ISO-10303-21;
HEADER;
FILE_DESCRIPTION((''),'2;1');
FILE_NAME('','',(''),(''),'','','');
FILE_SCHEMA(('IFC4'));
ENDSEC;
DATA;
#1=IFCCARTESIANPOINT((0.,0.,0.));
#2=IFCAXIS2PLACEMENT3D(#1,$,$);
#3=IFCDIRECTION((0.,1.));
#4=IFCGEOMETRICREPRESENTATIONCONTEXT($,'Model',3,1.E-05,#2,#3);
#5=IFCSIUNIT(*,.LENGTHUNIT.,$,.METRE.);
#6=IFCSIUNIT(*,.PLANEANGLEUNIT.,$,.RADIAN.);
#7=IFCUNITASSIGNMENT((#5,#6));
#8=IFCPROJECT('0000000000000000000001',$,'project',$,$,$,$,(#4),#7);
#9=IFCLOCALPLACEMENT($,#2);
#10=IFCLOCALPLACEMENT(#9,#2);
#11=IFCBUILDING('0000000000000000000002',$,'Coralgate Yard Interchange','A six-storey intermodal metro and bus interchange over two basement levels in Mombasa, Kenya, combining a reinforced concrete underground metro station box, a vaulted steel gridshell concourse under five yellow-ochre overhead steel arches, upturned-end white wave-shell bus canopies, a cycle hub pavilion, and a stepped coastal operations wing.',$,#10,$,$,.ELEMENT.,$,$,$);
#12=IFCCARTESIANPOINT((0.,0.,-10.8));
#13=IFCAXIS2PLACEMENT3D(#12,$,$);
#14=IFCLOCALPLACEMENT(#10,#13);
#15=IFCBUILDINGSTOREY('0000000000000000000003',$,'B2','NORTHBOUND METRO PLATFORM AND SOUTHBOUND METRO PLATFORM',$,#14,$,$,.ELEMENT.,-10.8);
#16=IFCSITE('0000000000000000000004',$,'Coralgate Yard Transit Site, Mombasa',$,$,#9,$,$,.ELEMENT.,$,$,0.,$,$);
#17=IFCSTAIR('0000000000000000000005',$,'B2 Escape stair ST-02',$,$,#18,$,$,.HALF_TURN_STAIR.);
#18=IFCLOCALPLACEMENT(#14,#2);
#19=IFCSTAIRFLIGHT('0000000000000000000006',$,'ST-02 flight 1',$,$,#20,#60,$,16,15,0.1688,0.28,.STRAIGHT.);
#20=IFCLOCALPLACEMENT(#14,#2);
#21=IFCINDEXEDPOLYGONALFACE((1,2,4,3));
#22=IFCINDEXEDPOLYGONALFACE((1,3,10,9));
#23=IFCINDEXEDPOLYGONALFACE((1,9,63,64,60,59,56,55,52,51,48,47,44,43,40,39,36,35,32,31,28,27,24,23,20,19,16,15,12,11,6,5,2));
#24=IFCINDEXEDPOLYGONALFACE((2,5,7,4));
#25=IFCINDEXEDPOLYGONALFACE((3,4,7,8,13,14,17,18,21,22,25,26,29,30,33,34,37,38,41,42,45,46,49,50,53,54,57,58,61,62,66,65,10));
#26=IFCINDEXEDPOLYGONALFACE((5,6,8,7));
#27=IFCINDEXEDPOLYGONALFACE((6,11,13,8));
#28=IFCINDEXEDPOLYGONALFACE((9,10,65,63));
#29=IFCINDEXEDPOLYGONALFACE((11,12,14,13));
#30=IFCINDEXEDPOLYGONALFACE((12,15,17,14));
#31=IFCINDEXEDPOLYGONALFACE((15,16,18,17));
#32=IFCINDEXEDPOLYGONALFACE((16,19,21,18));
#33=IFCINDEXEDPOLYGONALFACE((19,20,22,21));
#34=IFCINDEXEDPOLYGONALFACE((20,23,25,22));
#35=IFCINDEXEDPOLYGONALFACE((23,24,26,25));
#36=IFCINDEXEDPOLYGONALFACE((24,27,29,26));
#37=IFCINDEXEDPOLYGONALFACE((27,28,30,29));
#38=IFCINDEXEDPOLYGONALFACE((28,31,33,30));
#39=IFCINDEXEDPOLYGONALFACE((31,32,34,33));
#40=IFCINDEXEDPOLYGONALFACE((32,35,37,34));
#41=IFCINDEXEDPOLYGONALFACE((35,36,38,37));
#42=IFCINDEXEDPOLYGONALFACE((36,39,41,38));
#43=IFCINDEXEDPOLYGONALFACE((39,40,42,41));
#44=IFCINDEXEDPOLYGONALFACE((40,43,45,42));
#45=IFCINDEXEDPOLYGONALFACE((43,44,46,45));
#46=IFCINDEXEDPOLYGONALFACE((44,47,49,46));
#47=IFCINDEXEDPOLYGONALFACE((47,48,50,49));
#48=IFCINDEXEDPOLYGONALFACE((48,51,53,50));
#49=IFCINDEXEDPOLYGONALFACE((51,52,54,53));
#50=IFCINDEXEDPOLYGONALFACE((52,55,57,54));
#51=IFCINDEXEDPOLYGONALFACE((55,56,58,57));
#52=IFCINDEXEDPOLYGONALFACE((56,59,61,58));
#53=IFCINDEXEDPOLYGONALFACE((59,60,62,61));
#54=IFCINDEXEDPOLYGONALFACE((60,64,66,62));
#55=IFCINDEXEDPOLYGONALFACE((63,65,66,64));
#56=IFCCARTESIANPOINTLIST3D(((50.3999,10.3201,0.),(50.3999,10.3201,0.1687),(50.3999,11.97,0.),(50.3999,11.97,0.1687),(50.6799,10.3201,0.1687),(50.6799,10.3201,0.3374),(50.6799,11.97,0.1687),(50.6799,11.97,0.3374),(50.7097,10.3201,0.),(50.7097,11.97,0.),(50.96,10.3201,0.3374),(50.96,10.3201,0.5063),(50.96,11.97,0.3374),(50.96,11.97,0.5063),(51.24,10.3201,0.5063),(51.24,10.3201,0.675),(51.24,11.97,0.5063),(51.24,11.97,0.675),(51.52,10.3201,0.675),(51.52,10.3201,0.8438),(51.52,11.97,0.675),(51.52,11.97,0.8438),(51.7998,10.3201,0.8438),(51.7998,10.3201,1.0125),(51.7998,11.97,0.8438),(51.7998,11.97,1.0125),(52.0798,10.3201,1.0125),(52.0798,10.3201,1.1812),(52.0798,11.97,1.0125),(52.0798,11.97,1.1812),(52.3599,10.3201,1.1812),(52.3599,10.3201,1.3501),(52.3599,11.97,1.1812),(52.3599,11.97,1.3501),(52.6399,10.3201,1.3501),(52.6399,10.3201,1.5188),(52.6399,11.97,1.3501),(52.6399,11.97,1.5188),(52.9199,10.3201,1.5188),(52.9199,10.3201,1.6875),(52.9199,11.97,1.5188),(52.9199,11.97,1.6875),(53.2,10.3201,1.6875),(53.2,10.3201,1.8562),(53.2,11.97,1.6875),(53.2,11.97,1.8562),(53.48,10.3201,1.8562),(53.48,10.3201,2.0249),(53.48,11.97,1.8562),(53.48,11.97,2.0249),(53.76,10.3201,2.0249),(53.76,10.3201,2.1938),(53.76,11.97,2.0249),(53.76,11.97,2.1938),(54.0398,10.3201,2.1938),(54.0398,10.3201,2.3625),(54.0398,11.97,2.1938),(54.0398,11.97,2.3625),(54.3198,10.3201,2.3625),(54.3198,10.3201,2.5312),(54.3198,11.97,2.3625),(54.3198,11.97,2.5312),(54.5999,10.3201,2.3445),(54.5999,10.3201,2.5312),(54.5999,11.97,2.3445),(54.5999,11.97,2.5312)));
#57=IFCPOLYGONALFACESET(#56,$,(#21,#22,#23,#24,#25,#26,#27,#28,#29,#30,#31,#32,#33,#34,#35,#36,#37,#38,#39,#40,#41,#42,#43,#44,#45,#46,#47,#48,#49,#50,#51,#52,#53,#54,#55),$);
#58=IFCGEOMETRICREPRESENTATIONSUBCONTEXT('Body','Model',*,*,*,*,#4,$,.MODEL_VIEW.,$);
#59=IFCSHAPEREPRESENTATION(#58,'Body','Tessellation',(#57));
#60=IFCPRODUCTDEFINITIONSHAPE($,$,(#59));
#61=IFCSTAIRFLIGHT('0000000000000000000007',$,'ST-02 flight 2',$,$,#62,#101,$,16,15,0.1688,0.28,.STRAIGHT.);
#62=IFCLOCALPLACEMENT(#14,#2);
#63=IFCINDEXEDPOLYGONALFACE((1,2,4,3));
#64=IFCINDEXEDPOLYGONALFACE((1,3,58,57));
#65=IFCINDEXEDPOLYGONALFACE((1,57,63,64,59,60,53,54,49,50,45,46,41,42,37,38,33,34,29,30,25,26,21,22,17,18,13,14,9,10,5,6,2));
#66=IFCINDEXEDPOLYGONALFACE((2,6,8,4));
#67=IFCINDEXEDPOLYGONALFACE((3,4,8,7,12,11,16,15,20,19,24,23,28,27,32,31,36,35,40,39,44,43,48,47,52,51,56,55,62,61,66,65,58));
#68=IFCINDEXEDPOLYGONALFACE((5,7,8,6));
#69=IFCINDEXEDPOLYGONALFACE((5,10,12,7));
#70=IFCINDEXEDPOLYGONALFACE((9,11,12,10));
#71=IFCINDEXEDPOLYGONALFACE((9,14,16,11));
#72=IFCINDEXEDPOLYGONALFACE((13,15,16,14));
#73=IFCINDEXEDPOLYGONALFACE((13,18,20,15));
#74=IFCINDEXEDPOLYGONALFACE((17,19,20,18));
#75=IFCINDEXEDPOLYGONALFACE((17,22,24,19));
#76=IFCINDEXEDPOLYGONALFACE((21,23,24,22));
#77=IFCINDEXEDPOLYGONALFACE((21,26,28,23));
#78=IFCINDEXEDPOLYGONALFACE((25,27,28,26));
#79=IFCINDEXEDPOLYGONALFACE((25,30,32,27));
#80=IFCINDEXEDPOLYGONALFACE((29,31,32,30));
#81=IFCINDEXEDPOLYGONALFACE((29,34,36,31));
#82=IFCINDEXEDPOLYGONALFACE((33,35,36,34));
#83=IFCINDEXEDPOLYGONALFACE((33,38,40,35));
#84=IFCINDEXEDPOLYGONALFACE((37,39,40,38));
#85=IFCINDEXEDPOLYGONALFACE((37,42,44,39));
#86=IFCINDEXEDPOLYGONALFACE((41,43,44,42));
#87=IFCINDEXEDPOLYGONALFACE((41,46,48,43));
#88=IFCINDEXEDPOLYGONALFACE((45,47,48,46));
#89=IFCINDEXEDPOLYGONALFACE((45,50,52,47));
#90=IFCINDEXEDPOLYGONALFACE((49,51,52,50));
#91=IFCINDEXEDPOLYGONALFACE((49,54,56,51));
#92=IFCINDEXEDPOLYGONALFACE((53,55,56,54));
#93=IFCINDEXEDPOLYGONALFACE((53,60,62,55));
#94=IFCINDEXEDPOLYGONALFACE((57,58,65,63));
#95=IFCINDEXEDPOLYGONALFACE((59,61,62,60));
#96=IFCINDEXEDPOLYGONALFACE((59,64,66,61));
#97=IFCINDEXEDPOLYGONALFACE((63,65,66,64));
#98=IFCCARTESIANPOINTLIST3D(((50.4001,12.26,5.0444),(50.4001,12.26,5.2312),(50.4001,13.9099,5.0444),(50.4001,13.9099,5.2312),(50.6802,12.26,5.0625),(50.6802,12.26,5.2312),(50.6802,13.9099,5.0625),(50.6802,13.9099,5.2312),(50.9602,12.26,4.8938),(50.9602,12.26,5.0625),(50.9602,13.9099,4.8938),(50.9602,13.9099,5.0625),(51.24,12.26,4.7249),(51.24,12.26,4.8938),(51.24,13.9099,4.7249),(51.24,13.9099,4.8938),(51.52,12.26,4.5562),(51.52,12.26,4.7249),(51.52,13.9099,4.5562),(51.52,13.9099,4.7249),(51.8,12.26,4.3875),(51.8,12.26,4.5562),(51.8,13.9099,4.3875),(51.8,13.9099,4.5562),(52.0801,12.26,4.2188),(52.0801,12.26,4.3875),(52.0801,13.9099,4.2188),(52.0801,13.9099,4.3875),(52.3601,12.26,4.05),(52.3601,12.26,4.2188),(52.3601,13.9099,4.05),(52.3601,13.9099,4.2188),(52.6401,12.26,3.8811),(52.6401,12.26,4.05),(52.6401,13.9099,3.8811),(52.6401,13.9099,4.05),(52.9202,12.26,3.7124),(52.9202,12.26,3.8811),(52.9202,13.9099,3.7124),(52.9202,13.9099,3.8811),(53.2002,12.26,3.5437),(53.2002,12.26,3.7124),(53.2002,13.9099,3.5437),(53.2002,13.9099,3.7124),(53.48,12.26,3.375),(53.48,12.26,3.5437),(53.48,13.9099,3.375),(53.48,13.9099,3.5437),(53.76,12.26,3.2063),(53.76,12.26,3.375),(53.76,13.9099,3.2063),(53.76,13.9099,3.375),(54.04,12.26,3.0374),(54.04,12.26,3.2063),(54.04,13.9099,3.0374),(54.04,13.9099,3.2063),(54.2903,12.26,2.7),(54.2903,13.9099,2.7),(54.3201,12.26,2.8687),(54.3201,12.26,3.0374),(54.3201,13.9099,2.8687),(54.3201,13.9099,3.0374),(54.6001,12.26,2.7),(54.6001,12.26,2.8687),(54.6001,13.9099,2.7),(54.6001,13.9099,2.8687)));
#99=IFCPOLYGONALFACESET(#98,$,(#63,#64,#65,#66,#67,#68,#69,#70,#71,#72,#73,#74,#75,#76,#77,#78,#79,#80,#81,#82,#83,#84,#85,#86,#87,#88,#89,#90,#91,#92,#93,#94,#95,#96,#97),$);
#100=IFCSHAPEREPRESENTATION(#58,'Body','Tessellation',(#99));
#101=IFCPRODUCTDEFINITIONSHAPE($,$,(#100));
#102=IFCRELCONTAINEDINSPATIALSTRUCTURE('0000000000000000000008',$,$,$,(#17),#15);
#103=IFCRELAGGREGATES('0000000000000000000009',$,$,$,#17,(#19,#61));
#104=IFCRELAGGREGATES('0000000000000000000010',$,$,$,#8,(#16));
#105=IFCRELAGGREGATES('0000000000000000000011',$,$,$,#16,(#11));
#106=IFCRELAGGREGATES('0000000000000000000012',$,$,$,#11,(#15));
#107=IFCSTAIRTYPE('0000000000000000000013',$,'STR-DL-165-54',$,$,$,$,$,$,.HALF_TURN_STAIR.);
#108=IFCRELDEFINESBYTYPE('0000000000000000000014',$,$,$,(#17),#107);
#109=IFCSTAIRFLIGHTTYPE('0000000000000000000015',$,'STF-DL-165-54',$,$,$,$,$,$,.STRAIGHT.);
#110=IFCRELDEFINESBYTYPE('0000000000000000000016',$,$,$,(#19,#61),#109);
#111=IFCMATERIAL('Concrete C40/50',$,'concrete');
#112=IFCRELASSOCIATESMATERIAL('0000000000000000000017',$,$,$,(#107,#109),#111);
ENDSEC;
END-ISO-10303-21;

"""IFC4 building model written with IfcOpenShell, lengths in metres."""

from ifc_helpers import new_model, si_unit, direction, frame, origin, place, context, subcontext, project, spatial, polyline, outline, extrude, material, type_object, element, aggregate, save


model = new_model("IFC4")

# Units and contexts
model_context = context("Model", 3, precision=1e-05, world=origin(), true_north=direction((0.0, 1.0)))
body_context = subcontext(model_context, "Body", "Model", "MODEL_VIEW")
ifc_project = project(units=[si_unit("LENGTHUNIT", "METRE"), si_unit("PLANEANGLEUNIT", "RADIAN")], contexts=[model_context])

# Site, building, storey
site_placement = place(None, origin())
site = spatial("IfcSite", under=ifc_project, at=site_placement, Name="Coralgate Yard Transit Site, Mombasa", CompositionType="ELEMENT", RefElevation=0.0)
building_placement = place(site_placement, origin())
building = spatial("IfcBuilding", under=site, at=building_placement, Name="Coralgate Yard Interchange", Description="A six-storey intermodal metro and bus interchange over two basement levels in Mombasa, Kenya, combining a reinforced concrete underground metro station box, a vaulted steel gridshell concourse under five yellow-ochre overhead steel arches, upturned-end white wave-shell bus canopies, a cycle hub pavilion, and a stepped coastal operations wing.", CompositionType="ELEMENT")
storey_placement = place(building_placement, frame((0.0, 0.0, -10.8)))
storey = spatial("IfcBuildingStorey", under=building, at=storey_placement, Name="B2", Description="NORTHBOUND METRO PLATFORM AND SOUTHBOUND METRO PLATFORM", CompositionType="ELEMENT", Elevation=-10.8)

# Shared definitions
ifc_material_1 = material(Name="Concrete C40/50", Category="concrete")

# Stair, stair flights
stair_type = type_object("IfcStairType", Name="STR-DL-165-54", PredefinedType="HALF_TURN_STAIR", material=ifc_material_1)
stair_placement = place(storey_placement, origin())
stair = element("IfcStair", 1, at=stair_placement, inside=storey, type_object=stair_type, Name="B2 Escape stair ST-02", PredefinedType="HALF_TURN_STAIR")
stair_flight_type = type_object("IfcStairFlightType", Name="STF-DL-165-54", PredefinedType="STRAIGHT", material=ifc_material_1)
stair_flight_1_placement = place(storey_placement, frame((50.3999, 11.145, 0.0), z_axis=(0.0, 0.0, 1.0), x_axis=(1.0, 0.0, 0.0)))
stair_flight_1 = element("IfcStairFlight", 2, at=stair_flight_1_placement, type_object=stair_flight_type, Name="ST-02 flight 1", NumberOfRisers=16, NumberOfTreads=15, PredefinedType="STRAIGHT", RiserHeight=0.1688, TreadLength=0.28, context=body_context, shape_type="SweptSolid", body=[
    extrude(outline(polyline([(0.0, 0.0), (0.0, 0.1687), (0.28, 0.1687), (0.28, 0.3374), (0.5601, 0.3374), (0.5601, 0.5063), (0.8401, 0.5063), (0.8401, 0.675), (1.1201, 0.675), (1.1201, 0.8438), (1.3999, 0.8438), (1.3999, 1.0125), (1.6799, 1.0125), (1.6799, 1.1812), (1.96, 1.1812), (1.96, 1.3501), (2.24, 1.3501), (2.24, 1.5188), (2.52, 1.5188), (2.52, 1.6875), (2.8, 1.6875), (2.8, 1.8562), (3.0801, 1.8562), (3.0801, 2.0249), (3.3601, 2.0249), (3.3601, 2.1938), (3.6399, 2.1938), (3.6399, 2.3625), (3.9199, 2.3625), (3.9199, 2.5312), (4.2, 2.5312), (4.2, 2.7), (4.2, 2.3445), (0.3098, 0.0), (0.0, 0.0)])), frame((0.0, 0.825, 0.0), z_axis=(0.0, -1.0, 0.0), x_axis=(1.0, 0.0, 0.0)), (0.0, 0.0, 1.0), 1.6499),
])
stair_flight_2_placement = place(storey_placement, frame((54.6001, 13.085, 2.7), z_axis=(0.0, 0.0, 1.0), x_axis=(-1.0, 0.0, 0.0)))
stair_flight_2 = element("IfcStairFlight", 3, at=stair_flight_2_placement, type_object=stair_flight_type, Name="ST-02 flight 2", NumberOfRisers=16, NumberOfTreads=15, PredefinedType="STRAIGHT", RiserHeight=0.1688, TreadLength=0.28, context=body_context, shape_type="SweptSolid", body=[
    extrude(outline(polyline([(0.0, 0.0), (0.0, 0.1687), (0.28, 0.1687), (0.28, 0.3374), (0.5601, 0.3374), (0.5601, 0.5063), (0.8401, 0.5063), (0.8401, 0.675), (1.1201, 0.675), (1.1201, 0.8438), (1.3999, 0.8438), (1.3999, 1.0125), (1.6799, 1.0125), (1.6799, 1.1812), (1.96, 1.1812), (1.96, 1.3501), (2.24, 1.3501), (2.24, 1.5188), (2.52, 1.5188), (2.52, 1.6875), (2.8, 1.6875), (2.8, 1.8562), (3.0801, 1.8562), (3.0801, 2.0249), (3.3601, 2.0249), (3.3601, 2.1938), (3.6399, 2.1938), (3.6399, 2.3625), (3.9199, 2.3625), (3.9199, 2.5312), (4.2, 2.5312), (4.2, 2.7), (4.2, 2.3445), (0.3098, 0.0), (0.0, 0.0)])), frame((0.0, 0.825, 0.0), z_axis=(0.0, -1.0, 0.0), x_axis=(1.0, 0.0, 0.0)), (0.0, 0.0, 1.0), 1.6499),
])
aggregate(stair, [stair_flight_1, stair_flight_2])

save(model, "model.ifc")
